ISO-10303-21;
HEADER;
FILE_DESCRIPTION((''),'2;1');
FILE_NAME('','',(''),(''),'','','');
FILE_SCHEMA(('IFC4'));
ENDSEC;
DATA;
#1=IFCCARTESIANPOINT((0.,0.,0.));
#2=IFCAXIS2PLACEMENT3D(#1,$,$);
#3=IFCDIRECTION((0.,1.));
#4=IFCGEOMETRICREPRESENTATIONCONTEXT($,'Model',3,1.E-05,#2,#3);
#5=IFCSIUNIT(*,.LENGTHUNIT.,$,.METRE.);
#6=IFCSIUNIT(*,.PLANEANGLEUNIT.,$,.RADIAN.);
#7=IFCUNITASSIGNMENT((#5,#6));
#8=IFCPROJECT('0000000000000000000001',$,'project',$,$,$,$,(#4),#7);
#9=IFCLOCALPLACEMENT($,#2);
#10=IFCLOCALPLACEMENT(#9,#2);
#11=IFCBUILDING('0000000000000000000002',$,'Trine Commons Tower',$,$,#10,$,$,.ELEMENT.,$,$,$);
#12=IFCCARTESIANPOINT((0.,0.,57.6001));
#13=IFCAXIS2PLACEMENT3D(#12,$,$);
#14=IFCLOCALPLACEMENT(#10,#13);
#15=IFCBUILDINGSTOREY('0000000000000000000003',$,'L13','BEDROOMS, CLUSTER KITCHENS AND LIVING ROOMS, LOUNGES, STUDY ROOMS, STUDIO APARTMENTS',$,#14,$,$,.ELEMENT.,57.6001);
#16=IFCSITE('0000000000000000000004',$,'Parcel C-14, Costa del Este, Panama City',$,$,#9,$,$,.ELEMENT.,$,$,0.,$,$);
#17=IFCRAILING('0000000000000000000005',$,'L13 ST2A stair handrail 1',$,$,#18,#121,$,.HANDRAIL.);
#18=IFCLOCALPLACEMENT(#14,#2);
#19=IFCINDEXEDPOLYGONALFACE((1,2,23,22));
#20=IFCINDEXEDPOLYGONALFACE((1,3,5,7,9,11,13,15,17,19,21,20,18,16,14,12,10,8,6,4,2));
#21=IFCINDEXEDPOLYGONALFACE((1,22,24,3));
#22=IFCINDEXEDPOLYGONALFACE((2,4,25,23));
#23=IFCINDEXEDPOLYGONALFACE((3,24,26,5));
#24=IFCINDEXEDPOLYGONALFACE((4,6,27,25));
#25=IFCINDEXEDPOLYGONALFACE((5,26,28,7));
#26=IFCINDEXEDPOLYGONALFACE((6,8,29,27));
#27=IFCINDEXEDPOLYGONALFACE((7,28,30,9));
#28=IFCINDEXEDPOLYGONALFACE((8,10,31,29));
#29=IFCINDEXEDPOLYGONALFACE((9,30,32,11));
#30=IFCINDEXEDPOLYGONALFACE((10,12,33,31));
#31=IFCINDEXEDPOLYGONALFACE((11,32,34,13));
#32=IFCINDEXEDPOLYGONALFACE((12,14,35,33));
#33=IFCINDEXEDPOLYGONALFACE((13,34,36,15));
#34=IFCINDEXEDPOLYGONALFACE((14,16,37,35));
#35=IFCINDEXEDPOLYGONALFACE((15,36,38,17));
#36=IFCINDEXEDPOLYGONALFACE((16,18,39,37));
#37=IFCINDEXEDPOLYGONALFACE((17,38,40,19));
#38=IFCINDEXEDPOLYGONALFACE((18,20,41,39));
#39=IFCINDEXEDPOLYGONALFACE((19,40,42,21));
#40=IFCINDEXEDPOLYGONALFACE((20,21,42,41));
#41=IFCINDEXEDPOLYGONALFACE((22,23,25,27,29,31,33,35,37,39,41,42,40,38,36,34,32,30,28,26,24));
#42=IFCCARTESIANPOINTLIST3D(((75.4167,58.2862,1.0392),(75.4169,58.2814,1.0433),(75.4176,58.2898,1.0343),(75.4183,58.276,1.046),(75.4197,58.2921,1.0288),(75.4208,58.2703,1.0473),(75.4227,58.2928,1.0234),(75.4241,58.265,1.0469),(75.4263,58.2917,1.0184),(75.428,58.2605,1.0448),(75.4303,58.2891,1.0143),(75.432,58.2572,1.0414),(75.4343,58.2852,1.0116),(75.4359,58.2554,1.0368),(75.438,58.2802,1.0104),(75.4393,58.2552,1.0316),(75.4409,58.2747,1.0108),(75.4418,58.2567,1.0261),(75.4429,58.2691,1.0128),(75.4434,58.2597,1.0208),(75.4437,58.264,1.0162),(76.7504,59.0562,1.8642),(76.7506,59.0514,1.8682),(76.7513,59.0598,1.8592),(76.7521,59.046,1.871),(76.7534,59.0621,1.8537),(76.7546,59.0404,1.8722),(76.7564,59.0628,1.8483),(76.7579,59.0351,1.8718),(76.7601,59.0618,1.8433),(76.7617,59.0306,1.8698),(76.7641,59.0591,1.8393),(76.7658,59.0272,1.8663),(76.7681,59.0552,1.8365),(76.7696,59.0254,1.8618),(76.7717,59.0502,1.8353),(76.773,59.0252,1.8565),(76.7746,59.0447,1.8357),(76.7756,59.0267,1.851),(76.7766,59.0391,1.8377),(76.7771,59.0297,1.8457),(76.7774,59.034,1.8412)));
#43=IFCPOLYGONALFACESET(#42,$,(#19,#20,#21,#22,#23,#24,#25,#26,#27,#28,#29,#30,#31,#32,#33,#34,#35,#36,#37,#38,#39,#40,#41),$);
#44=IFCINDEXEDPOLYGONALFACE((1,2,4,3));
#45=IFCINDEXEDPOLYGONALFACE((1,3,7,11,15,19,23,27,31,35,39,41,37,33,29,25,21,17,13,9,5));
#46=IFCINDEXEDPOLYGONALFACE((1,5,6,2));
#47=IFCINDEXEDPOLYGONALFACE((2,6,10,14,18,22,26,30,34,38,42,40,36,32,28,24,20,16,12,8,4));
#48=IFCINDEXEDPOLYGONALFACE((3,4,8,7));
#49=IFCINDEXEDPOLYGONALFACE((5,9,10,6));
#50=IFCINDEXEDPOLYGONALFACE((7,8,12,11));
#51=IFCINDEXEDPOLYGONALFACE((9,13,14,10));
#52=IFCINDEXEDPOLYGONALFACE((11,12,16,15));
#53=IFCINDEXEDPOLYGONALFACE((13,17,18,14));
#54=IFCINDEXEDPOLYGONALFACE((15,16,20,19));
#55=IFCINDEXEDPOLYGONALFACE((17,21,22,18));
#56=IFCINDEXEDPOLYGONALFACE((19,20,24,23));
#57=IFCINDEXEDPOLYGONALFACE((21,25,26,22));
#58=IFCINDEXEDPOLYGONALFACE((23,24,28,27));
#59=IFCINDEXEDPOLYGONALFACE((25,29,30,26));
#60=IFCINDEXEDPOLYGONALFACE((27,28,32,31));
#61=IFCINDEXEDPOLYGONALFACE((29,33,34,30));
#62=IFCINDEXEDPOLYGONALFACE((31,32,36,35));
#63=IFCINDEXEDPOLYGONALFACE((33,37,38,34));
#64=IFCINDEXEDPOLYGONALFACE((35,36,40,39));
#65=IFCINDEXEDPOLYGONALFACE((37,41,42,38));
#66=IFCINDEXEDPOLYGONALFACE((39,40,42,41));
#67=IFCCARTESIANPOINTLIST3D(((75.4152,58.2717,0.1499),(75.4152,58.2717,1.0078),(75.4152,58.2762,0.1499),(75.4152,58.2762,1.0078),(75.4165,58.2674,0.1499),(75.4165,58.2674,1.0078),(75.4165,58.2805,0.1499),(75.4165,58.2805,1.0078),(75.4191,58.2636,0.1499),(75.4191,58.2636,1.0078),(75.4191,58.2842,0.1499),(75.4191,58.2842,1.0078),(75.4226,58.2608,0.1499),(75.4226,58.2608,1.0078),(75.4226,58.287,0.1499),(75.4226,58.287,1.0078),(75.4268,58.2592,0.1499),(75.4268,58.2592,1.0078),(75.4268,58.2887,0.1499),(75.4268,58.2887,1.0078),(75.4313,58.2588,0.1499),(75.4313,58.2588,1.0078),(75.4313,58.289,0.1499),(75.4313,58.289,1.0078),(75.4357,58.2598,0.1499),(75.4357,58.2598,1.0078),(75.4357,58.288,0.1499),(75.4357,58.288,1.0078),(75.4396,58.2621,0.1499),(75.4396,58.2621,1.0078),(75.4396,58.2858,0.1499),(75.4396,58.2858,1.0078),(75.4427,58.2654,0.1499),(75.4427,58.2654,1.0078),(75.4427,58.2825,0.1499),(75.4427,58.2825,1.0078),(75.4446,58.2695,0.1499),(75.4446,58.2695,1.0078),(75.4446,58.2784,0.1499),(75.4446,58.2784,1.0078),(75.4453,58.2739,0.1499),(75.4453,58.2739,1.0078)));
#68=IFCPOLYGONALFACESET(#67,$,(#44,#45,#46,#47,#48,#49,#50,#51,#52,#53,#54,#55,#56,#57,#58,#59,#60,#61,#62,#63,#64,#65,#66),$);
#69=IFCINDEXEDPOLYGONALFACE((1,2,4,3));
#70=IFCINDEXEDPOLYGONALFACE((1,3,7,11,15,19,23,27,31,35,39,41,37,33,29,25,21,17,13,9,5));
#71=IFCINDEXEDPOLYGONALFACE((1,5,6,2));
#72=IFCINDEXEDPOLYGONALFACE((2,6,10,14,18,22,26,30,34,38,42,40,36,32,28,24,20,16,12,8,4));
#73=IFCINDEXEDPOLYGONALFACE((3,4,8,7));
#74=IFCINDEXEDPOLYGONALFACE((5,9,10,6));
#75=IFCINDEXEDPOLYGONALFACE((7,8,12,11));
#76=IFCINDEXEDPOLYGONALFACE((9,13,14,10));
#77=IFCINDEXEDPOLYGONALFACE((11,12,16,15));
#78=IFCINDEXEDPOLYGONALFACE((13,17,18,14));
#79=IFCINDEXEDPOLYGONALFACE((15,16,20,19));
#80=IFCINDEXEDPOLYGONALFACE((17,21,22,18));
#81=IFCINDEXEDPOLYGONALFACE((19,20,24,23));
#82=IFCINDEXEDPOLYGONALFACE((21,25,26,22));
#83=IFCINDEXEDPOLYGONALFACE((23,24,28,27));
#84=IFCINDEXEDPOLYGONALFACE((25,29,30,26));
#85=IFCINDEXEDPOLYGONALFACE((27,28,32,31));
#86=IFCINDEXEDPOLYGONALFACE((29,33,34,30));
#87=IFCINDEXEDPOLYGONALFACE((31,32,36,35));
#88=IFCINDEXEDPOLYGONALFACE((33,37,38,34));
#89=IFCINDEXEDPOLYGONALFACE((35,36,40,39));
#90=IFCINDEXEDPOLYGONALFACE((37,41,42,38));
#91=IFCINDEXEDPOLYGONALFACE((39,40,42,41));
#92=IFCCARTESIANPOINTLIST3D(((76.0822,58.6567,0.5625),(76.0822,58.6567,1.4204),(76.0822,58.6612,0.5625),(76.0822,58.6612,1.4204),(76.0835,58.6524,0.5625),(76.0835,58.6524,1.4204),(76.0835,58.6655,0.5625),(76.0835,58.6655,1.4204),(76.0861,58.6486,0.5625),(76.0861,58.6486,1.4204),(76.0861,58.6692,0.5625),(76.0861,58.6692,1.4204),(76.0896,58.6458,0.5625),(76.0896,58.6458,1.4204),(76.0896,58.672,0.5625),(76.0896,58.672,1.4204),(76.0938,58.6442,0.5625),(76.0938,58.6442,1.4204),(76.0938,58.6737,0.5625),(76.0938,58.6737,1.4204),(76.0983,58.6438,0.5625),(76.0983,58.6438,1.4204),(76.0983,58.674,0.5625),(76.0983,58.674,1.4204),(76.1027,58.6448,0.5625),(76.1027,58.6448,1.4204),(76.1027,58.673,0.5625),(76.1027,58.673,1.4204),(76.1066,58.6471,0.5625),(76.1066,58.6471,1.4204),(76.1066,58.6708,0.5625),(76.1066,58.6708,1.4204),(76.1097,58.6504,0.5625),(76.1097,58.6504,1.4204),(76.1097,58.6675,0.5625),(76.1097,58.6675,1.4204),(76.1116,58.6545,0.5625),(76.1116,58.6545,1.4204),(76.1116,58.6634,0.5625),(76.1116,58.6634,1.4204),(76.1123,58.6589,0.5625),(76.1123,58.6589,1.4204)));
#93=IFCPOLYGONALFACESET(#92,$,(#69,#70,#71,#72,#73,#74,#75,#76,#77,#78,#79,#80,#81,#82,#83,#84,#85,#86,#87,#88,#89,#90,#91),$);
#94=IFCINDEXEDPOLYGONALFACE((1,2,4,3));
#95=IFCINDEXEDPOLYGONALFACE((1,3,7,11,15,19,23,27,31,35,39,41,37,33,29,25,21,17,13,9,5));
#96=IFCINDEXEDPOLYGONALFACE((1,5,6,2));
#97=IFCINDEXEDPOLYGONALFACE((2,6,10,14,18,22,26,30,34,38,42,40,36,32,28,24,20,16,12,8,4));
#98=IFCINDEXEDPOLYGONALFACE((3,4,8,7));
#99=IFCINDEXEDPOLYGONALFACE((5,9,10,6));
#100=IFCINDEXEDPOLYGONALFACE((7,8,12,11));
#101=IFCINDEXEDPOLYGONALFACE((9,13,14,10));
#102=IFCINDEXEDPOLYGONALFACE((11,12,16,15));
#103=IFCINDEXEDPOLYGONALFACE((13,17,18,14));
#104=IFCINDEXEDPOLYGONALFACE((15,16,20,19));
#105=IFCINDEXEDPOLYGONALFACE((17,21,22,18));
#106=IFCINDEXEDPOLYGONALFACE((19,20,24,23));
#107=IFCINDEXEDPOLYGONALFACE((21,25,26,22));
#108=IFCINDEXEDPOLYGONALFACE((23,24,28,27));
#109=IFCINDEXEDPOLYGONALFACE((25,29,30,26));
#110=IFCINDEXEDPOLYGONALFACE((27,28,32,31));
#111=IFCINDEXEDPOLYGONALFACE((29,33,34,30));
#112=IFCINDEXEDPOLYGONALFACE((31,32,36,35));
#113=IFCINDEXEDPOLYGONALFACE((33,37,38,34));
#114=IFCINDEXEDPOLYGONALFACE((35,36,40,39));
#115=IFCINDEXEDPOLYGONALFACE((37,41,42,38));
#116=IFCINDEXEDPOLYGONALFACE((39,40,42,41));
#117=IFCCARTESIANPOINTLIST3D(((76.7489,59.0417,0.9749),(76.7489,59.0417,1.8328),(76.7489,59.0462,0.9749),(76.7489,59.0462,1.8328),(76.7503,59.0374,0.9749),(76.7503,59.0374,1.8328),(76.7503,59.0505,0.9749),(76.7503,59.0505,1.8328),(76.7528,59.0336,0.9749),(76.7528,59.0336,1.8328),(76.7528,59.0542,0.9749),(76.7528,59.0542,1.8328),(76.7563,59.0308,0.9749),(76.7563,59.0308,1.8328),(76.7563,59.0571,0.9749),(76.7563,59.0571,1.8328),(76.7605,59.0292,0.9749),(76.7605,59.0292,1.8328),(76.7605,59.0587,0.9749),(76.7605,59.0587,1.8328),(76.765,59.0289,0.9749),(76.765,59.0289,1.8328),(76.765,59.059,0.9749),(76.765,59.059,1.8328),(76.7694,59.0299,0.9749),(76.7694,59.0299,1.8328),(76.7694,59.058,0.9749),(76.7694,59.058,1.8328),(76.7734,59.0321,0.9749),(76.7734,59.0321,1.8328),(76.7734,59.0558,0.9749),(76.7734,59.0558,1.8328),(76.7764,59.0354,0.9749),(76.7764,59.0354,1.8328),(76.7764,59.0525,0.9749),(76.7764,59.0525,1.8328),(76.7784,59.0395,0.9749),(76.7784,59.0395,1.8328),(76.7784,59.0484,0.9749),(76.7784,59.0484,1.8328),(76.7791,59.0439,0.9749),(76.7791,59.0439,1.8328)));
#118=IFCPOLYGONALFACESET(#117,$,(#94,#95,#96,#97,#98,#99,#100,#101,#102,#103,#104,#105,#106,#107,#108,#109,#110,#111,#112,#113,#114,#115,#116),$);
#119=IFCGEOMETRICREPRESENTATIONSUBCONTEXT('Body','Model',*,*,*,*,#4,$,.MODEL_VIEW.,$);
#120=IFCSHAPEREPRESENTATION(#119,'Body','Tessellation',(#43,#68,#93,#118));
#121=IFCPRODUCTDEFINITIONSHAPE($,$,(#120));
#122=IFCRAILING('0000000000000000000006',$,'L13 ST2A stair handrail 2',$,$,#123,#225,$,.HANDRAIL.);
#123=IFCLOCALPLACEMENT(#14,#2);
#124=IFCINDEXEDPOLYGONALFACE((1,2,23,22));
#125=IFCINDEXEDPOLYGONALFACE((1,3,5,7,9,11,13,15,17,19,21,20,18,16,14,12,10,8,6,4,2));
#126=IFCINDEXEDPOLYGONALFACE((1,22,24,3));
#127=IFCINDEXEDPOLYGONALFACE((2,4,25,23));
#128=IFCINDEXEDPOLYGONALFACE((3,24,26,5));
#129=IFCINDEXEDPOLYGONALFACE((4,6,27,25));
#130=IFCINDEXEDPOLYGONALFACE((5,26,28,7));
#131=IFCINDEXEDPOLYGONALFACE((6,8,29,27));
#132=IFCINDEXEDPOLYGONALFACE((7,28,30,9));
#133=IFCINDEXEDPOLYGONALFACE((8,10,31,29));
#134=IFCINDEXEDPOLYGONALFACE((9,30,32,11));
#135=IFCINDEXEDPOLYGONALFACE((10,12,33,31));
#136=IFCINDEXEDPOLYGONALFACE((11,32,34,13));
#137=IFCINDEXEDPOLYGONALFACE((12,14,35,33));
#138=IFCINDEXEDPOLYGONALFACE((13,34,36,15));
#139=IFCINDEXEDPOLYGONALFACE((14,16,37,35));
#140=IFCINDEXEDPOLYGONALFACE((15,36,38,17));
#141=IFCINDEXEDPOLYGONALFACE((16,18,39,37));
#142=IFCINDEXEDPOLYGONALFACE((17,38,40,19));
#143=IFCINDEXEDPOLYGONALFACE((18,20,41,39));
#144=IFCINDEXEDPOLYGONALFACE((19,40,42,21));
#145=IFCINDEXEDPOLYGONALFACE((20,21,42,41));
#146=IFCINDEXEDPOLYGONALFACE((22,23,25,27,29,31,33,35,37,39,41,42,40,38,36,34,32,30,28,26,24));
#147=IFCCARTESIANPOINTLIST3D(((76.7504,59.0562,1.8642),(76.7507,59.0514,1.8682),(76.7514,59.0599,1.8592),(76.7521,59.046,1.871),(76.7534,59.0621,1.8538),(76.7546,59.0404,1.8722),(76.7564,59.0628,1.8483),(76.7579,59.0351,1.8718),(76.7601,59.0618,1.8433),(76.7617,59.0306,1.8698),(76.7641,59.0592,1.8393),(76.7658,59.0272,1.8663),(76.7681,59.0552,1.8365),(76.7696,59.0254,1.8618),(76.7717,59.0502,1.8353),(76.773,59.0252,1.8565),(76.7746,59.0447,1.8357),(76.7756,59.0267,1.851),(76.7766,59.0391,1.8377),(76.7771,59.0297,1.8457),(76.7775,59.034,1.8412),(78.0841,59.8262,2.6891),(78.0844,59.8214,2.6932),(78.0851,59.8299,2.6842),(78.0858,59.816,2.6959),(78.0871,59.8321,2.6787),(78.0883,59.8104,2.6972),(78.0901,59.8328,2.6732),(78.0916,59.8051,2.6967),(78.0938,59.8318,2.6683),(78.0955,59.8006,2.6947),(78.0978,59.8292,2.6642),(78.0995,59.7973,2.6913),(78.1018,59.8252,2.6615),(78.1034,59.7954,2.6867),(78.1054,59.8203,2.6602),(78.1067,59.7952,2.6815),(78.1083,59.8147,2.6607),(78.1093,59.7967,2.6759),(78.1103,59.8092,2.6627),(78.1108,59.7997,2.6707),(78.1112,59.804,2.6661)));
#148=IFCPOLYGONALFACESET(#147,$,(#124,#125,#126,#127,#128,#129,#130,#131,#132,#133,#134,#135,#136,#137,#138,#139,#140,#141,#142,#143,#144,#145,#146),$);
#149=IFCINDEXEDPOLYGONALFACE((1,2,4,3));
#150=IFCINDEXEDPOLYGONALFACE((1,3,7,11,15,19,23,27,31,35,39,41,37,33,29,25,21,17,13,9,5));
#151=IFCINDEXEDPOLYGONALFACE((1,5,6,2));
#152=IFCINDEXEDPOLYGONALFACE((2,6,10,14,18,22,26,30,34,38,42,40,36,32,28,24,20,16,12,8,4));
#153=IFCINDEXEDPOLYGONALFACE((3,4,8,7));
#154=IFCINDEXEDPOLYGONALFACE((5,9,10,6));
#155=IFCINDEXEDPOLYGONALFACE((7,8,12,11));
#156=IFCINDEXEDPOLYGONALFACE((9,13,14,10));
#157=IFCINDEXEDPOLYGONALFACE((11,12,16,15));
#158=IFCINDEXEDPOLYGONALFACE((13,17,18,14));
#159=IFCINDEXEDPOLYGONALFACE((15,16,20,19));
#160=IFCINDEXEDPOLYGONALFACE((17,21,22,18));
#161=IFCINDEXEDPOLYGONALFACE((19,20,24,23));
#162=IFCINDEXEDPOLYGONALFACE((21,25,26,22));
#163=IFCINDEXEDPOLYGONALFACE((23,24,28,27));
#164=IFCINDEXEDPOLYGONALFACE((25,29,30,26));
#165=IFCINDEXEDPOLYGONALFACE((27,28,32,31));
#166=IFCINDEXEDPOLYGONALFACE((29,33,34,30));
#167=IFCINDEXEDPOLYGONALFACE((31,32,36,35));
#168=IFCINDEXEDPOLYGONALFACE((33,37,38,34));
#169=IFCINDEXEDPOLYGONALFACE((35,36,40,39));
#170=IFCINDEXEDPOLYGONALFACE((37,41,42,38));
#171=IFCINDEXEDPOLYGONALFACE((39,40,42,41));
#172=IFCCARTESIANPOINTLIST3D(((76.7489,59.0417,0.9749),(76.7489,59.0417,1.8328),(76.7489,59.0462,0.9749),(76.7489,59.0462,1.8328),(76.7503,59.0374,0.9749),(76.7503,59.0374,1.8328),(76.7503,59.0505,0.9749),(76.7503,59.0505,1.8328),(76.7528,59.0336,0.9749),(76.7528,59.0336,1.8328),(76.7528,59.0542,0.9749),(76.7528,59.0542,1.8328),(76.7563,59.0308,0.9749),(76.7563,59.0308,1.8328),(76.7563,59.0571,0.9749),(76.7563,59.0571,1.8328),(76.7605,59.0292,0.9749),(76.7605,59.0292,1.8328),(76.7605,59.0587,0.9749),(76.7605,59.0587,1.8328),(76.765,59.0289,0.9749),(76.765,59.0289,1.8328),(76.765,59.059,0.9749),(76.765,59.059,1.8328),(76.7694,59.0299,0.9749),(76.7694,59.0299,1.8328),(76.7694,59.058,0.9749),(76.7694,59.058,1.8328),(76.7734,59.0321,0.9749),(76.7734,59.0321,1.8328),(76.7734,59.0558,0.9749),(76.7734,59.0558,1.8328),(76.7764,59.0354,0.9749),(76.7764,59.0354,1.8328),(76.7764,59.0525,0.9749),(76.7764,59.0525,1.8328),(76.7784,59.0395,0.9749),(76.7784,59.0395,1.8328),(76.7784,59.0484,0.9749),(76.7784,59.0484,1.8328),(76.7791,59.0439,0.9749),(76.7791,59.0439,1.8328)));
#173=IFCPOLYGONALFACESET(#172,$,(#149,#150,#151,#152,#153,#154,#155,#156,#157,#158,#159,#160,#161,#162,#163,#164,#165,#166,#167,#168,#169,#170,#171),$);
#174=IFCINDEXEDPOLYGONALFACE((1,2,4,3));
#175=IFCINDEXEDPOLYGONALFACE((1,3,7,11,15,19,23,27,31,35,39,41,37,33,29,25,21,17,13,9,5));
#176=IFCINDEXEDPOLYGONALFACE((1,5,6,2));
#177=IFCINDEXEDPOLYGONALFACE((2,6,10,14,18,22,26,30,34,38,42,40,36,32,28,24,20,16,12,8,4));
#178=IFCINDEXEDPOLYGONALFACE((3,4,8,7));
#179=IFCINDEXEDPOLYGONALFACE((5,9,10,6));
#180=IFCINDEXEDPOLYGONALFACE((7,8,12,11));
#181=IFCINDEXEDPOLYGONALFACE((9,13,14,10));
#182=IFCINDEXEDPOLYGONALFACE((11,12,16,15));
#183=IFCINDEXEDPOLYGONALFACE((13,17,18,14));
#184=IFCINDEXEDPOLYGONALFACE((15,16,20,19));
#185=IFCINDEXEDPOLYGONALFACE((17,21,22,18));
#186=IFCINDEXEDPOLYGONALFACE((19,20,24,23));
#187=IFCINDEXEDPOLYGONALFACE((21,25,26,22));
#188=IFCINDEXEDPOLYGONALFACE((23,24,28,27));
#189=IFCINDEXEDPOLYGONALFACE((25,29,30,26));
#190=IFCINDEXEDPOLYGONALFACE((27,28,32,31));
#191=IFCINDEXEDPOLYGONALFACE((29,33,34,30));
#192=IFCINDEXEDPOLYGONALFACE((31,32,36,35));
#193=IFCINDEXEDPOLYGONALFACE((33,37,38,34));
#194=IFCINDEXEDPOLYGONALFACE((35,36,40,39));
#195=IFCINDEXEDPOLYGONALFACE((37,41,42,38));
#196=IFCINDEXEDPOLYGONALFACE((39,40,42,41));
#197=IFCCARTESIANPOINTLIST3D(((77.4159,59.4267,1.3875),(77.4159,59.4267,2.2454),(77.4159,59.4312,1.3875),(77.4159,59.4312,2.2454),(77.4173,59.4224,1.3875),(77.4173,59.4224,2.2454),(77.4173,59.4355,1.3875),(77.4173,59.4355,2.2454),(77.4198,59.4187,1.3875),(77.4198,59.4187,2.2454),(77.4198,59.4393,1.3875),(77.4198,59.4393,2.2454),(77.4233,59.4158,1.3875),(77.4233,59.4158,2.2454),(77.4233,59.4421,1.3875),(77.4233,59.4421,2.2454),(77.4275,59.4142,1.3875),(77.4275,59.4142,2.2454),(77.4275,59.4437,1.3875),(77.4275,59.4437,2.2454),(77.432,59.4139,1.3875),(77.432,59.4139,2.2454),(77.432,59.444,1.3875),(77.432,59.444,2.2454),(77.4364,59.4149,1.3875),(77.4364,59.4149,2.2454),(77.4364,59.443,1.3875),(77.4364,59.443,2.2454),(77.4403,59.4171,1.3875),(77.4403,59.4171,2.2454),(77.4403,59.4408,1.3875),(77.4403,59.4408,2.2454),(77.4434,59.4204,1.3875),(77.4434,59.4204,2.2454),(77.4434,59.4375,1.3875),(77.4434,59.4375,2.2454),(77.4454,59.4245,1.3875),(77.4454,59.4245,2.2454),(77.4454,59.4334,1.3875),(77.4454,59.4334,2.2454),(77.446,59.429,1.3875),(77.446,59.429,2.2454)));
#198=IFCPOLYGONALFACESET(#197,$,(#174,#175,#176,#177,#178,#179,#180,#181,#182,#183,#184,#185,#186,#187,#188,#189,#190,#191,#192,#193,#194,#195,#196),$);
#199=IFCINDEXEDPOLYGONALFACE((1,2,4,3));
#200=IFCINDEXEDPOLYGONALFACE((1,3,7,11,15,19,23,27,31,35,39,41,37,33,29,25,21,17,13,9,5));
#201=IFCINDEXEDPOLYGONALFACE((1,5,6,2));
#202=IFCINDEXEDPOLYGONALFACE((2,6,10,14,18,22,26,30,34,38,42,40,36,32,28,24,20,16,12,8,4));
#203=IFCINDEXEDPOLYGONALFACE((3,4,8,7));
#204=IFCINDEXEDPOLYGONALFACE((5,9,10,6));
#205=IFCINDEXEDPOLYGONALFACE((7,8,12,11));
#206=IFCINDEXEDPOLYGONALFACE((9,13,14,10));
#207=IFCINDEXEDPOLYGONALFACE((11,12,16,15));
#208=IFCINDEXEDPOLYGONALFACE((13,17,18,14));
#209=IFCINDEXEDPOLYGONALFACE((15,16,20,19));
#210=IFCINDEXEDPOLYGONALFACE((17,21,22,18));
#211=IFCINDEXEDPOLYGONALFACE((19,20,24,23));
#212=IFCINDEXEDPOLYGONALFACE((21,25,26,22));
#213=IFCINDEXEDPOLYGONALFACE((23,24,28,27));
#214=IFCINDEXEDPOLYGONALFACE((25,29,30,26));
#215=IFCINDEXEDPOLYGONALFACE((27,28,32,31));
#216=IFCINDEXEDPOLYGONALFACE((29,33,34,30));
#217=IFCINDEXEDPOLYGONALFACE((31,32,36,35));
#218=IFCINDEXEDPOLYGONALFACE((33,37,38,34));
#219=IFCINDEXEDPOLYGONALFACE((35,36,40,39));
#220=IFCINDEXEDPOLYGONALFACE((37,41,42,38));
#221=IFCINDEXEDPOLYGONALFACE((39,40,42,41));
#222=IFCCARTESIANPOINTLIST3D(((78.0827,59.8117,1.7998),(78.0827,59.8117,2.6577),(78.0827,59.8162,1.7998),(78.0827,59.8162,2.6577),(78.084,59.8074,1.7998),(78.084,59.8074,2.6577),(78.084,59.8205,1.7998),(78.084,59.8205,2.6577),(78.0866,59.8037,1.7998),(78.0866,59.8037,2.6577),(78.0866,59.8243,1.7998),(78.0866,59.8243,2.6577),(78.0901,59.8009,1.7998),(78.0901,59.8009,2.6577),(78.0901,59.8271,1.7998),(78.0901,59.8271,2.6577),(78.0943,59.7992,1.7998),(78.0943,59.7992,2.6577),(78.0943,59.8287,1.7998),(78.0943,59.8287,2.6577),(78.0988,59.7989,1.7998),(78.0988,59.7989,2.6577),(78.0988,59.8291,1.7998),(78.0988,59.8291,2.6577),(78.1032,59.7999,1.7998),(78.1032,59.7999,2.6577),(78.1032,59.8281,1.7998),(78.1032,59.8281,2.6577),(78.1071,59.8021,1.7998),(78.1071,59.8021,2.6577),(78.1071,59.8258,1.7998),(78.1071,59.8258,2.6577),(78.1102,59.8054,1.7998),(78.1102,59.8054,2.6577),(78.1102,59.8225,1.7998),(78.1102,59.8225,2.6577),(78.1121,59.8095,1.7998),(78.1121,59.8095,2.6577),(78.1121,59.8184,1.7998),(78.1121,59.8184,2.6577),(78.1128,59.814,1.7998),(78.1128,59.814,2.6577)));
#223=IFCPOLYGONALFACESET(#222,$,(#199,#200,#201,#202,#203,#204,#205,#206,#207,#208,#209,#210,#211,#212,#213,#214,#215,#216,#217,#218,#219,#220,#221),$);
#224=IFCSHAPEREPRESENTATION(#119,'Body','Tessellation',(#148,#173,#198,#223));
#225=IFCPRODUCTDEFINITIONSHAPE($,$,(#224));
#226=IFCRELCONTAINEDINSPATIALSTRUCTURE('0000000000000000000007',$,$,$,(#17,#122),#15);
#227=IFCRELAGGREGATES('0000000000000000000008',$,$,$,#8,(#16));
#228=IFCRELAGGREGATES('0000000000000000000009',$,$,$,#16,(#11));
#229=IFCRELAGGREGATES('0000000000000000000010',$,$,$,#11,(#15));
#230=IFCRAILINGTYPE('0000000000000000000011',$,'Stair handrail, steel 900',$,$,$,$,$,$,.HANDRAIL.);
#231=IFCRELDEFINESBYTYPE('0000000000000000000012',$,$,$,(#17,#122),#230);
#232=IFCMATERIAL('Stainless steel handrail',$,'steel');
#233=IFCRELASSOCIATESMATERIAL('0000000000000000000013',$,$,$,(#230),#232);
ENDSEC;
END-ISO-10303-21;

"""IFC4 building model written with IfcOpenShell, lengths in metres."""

from ifc_helpers import new_model, si_unit, direction, frame, origin, origin_2d, place, context, subcontext, project, spatial, circle, extrude, material, type_object, element, save


model = new_model("IFC4")

# Units and contexts
model_context = context("Model", 3, precision=1e-05, world=origin(), true_north=direction((0.0, 1.0)))
body_context = subcontext(model_context, "Body", "Model", "MODEL_VIEW")
ifc_project = project(units=[si_unit("LENGTHUNIT", "METRE"), si_unit("PLANEANGLEUNIT", "RADIAN")], contexts=[model_context])

# Site, building, storey
site_placement = place(None, origin())
site = spatial("IfcSite", under=ifc_project, at=site_placement, Name="Parcel C-14, Costa del Este, Panama City", CompositionType="ELEMENT", RefElevation=0.0)
building_placement = place(site_placement, origin())
building = spatial("IfcBuilding", under=site, at=building_placement, Name="Trine Commons Tower", CompositionType="ELEMENT")
storey_placement = place(building_placement, frame((0.0, 0.0, 57.6001)))
storey = spatial("IfcBuildingStorey", under=building, at=storey_placement, Name="L13", Description="BEDROOMS, CLUSTER KITCHENS AND LIVING ROOMS, LOUNGES, STUDY ROOMS, STUDIO APARTMENTS", CompositionType="ELEMENT", Elevation=57.6001)

# Railings
ifc_material_1 = material(Name="Stainless steel handrail", Category="steel")
railing_type_1 = type_object("IfcRailingType", Name="Stair handrail, steel 900", PredefinedType="HANDRAIL", material=ifc_material_1)
for number, where, name in (
    (1, (75.4302, 58.2739, 0.1499), "L13 ST2A stair handrail 1"),
    (2, (76.7639, 59.0439, 0.9749), "L13 ST2A stair handrail 2"),
):
    element("IfcRailing", number, at=place(storey_placement, frame(where)), inside=storey, type_object=railing_type_1, Name=name, PredefinedType="HANDRAIL", context=body_context, shape_type="SweptSolid", body=[
        extrude(circle(Radius=0.021, at=origin_2d()), frame((0.0, 0.0, 0.8789), z_axis=(0.763405, 0.440743, 0.472185), x_axis=(-0.499992, 0.86603, 0.0)), (0.0, 0.0, 1.0), 1.7471),
        extrude(circle(Radius=0.0151, at=origin_2d()), origin(), (0.0, 0.0, 1.0), 0.8579),
        extrude(circle(Radius=0.0151, at=origin_2d()), frame((0.667, 0.385, 0.4126)), (0.0, 0.0, 1.0), 0.8579),
        extrude(circle(Radius=0.0151, at=origin_2d()), frame((1.3337, 0.77, 0.825)), (0.0, 0.0, 1.0), 0.8579),
    ])

save(model, "model.ifc")
